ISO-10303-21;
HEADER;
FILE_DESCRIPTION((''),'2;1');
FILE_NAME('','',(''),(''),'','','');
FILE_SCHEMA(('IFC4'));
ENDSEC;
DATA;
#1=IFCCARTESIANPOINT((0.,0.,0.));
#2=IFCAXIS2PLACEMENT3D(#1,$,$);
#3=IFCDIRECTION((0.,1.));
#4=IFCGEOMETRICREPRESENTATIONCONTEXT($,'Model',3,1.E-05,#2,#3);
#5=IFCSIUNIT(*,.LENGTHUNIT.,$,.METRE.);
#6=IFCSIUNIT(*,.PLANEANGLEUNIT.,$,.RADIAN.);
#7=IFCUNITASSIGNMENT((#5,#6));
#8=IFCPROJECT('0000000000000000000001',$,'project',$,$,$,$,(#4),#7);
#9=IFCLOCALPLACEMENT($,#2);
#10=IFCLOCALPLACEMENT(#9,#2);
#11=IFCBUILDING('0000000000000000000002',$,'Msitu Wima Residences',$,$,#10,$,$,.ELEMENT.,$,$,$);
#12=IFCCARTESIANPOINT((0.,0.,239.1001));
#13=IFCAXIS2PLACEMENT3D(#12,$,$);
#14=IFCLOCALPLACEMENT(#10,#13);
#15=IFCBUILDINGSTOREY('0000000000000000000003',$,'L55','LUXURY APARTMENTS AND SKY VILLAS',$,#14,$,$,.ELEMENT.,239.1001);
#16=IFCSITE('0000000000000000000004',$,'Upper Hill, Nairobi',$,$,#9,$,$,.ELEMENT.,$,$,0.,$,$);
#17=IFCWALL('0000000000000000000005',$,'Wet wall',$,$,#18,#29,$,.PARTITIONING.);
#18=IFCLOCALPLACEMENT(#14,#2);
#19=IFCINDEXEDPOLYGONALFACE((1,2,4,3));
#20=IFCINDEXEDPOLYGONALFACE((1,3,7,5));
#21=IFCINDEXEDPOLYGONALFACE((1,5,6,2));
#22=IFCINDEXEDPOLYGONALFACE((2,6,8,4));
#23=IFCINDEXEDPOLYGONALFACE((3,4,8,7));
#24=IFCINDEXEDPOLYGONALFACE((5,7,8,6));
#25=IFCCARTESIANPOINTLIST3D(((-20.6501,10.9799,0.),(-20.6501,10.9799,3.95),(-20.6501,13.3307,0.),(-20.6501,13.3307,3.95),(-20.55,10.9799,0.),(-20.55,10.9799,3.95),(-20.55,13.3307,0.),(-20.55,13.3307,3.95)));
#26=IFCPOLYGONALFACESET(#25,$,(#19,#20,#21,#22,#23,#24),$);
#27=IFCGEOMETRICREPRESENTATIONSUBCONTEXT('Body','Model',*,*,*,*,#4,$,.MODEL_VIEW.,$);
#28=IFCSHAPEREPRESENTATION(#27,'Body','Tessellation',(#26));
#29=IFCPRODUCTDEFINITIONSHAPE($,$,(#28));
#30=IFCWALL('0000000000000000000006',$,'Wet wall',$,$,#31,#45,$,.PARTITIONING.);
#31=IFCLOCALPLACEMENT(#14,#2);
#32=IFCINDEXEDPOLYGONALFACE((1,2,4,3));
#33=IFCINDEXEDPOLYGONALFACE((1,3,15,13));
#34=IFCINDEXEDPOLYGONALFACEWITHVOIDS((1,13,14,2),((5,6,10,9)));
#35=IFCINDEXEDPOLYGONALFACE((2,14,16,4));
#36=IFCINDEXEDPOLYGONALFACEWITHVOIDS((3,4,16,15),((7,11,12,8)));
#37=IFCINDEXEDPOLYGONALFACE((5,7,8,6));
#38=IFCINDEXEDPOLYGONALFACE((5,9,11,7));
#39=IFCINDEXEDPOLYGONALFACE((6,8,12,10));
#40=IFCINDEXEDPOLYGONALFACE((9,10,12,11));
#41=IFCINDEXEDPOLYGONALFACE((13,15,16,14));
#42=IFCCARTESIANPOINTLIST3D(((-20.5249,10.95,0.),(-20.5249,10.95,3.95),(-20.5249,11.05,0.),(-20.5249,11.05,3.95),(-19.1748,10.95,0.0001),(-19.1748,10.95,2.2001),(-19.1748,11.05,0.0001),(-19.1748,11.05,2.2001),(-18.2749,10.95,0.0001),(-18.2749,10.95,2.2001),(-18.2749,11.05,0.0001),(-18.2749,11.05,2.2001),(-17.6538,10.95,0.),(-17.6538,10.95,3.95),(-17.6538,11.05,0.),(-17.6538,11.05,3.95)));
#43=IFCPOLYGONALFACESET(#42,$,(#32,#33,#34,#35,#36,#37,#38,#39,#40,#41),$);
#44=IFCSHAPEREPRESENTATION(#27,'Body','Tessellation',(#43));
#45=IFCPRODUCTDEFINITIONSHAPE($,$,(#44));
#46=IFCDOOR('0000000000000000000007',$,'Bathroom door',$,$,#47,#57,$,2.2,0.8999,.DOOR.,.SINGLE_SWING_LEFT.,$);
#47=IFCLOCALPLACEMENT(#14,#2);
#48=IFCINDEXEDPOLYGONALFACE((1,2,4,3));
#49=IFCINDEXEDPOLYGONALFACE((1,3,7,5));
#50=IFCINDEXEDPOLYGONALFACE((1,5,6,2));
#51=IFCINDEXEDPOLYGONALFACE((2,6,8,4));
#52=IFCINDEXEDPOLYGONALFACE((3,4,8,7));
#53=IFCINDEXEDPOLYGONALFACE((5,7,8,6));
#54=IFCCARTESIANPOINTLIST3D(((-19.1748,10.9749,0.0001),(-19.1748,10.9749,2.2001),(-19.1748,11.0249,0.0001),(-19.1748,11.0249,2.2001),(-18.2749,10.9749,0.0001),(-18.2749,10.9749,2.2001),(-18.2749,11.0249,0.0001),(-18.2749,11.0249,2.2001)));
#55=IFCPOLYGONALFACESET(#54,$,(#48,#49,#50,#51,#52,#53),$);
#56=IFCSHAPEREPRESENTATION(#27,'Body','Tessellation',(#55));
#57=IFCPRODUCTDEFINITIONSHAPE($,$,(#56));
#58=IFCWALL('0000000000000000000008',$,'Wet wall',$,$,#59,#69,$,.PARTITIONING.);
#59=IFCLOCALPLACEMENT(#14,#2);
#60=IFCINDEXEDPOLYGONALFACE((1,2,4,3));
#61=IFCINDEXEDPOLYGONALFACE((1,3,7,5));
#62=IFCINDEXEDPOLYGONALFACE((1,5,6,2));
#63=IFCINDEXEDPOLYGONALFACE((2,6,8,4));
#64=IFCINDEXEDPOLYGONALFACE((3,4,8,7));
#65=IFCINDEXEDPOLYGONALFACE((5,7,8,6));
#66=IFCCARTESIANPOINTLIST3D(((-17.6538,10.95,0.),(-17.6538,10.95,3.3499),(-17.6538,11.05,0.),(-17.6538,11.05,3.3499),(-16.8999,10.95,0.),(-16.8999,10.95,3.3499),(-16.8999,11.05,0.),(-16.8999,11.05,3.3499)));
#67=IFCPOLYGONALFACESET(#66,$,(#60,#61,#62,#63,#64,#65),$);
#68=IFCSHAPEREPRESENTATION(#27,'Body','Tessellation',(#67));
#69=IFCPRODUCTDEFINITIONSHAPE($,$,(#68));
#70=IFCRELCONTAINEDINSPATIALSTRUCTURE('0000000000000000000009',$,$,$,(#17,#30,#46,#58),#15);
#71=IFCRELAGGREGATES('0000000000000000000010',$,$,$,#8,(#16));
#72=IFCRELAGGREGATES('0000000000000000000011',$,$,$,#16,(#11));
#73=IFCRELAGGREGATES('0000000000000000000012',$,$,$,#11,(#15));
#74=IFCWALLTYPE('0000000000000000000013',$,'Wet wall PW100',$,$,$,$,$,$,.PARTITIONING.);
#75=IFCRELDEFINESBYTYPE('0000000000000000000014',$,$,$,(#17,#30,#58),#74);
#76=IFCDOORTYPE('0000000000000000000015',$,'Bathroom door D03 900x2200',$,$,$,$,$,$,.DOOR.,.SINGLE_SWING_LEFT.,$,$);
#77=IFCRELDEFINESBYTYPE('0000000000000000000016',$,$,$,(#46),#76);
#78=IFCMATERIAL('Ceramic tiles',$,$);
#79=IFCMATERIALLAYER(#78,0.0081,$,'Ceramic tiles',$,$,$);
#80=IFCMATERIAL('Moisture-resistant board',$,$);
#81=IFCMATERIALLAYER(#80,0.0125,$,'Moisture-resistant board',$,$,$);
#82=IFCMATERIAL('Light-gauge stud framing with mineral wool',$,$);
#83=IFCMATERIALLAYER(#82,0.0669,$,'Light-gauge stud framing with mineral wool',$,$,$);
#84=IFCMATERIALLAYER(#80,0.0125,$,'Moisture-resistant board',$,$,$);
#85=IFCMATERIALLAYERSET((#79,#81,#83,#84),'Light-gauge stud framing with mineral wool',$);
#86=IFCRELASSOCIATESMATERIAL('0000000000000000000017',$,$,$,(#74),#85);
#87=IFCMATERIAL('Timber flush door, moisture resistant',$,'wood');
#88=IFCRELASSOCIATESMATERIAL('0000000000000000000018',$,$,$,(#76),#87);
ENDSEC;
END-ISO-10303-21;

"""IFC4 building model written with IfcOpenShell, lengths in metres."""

from ifc_helpers import new_model, si_unit, direction, frame, frame_2d, origin, place, context, subcontext, project, spatial, rectangle, extrude, material, layer, layer_set, type_object, element, fill, save


model = new_model("IFC4")

# Units and contexts
model_context = context("Model", 3, precision=1e-05, world=origin(), true_north=direction((0.0, 1.0)))
body_context = subcontext(model_context, "Body", "Model", "MODEL_VIEW")
ifc_project = project(units=[si_unit("LENGTHUNIT", "METRE"), si_unit("PLANEANGLEUNIT", "RADIAN")], contexts=[model_context])

# Site, building, storey
site_placement = place(None, origin())
site = spatial("IfcSite", under=ifc_project, at=site_placement, Name="Upper Hill, Nairobi", CompositionType="ELEMENT", RefElevation=0.0)
building_placement = place(site_placement, origin())
building = spatial("IfcBuilding", under=site, at=building_placement, Name="Msitu Wima Residences", CompositionType="ELEMENT")
storey_placement = place(building_placement, frame((0.0, 0.0, 239.1001)))
storey = spatial("IfcBuildingStorey", under=building, at=storey_placement, Name="L55", Description="LUXURY APARTMENTS AND SKY VILLAS", CompositionType="ELEMENT", Elevation=239.1001)

# Wall
ifc_material_1 = material(Name="Ceramic tiles")
ifc_layer_1 = layer(ifc_material_1, 0.0081, Name="Ceramic tiles")
ifc_material_2 = material(Name="Moisture-resistant board")
ifc_layer_2 = layer(ifc_material_2, 0.0125, Name="Moisture-resistant board")
ifc_material_3 = material(Name="Light-gauge stud framing with mineral wool")
ifc_layer_3 = layer(ifc_material_3, 0.0669, Name="Light-gauge stud framing with mineral wool")
ifc_layer_4 = layer(ifc_material_2, 0.0125, Name="Moisture-resistant board")
ifc_layer_set_1 = layer_set([ifc_layer_1, ifc_layer_2, ifc_layer_3, ifc_layer_4], Name="Light-gauge stud framing with mineral wool")
wall_type_1 = type_object("IfcWallType", Name="Wet wall PW100", PredefinedType="PARTITIONING", material=ifc_layer_set_1)
wall_1_placement = place(storey_placement, frame((-20.6001, 10.98, 0.0), z_axis=(0.0, 0.0, 1.0), x_axis=(0.0, 1.0, 0.0)))
element("IfcWall", 1, at=wall_1_placement, inside=storey, type_object=wall_type_1, Name="Wet wall", PredefinedType="PARTITIONING", context=body_context, shape_type="SweptSolid", body=[
    extrude(rectangle(XDim=2.3508, YDim=0.1001, at=frame_2d((1.1753, 0.0))), origin(), (0.0, 0.0, 1.0), 3.95),
])

# Wall, opening, door
wall_2_placement = place(storey_placement, frame((-20.5249, 11.0, 0.0), z_axis=(0.0, 0.0, 1.0), x_axis=(1.0, 0.0, 0.0)))
wall_2 = element("IfcWall", 2, at=wall_2_placement, inside=storey, type_object=wall_type_1, Name="Wet wall", PredefinedType="PARTITIONING", context=body_context, shape_type="SweptSolid", body=[
    extrude(rectangle(XDim=2.8711, YDim=0.1001, at=frame_2d((1.4355, 0.0))), origin(), (0.0, 0.0, 1.0), 3.95),
])
opening_1_placement = place(wall_2_placement, frame((1.3501, 0.0, 0.0)))
opening_1 = element("IfcOpeningElement", 3, at=opening_1_placement, cuts=wall_2, PredefinedType="OPENING", context=body_context, shape_type="SweptSolid", body=[
    extrude(rectangle(XDim=0.8999, YDim=2.2, at=frame_2d((0.45, 1.1001))), frame((0.0, 0.0601, 0.0), z_axis=(0.0, -1.0, 0.0), x_axis=(1.0, 0.0, 0.0)), (0.0, 0.0, 1.0), 0.1201),
])
ifc_material_4 = material(Name="Timber flush door, moisture resistant", Category="wood")
door_type_1 = type_object("IfcDoorType", Name="Bathroom door D03 900x2200", OperationType="SINGLE_SWING_LEFT", PredefinedType="DOOR", material=ifc_material_4)
door_1_placement = place(opening_1_placement, origin())
door_1 = element("IfcDoor", 4, at=door_1_placement, inside=storey, type_object=door_type_1, Name="Bathroom door", OperationType="SINGLE_SWING_LEFT", OverallHeight=2.2, OverallWidth=0.8999, PredefinedType="DOOR", context=body_context, shape_type="SweptSolid", body=[
    extrude(rectangle(XDim=0.8999, YDim=2.2, at=frame_2d((0.45, 1.1001))), frame((0.0, 0.0249, 0.0), z_axis=(0.0, -1.0, 0.0), x_axis=(1.0, 0.0, 0.0)), (0.0, 0.0, 1.0), 0.05),
])
fill(opening_1, door_1)

# Wall
wall_3_placement = place(storey_placement, frame((-17.6538, 11.0, 0.0), z_axis=(0.0, 0.0, 1.0), x_axis=(1.0, 0.0, 0.0)))
element("IfcWall", 5, at=wall_3_placement, inside=storey, type_object=wall_type_1, Name="Wet wall", PredefinedType="PARTITIONING", context=body_context, shape_type="SweptSolid", body=[
    extrude(rectangle(XDim=0.7539, YDim=0.1001, at=frame_2d((0.377, 0.0))), origin(), (0.0, 0.0, 1.0), 3.3499),
])

save(model, "model.ifc")
